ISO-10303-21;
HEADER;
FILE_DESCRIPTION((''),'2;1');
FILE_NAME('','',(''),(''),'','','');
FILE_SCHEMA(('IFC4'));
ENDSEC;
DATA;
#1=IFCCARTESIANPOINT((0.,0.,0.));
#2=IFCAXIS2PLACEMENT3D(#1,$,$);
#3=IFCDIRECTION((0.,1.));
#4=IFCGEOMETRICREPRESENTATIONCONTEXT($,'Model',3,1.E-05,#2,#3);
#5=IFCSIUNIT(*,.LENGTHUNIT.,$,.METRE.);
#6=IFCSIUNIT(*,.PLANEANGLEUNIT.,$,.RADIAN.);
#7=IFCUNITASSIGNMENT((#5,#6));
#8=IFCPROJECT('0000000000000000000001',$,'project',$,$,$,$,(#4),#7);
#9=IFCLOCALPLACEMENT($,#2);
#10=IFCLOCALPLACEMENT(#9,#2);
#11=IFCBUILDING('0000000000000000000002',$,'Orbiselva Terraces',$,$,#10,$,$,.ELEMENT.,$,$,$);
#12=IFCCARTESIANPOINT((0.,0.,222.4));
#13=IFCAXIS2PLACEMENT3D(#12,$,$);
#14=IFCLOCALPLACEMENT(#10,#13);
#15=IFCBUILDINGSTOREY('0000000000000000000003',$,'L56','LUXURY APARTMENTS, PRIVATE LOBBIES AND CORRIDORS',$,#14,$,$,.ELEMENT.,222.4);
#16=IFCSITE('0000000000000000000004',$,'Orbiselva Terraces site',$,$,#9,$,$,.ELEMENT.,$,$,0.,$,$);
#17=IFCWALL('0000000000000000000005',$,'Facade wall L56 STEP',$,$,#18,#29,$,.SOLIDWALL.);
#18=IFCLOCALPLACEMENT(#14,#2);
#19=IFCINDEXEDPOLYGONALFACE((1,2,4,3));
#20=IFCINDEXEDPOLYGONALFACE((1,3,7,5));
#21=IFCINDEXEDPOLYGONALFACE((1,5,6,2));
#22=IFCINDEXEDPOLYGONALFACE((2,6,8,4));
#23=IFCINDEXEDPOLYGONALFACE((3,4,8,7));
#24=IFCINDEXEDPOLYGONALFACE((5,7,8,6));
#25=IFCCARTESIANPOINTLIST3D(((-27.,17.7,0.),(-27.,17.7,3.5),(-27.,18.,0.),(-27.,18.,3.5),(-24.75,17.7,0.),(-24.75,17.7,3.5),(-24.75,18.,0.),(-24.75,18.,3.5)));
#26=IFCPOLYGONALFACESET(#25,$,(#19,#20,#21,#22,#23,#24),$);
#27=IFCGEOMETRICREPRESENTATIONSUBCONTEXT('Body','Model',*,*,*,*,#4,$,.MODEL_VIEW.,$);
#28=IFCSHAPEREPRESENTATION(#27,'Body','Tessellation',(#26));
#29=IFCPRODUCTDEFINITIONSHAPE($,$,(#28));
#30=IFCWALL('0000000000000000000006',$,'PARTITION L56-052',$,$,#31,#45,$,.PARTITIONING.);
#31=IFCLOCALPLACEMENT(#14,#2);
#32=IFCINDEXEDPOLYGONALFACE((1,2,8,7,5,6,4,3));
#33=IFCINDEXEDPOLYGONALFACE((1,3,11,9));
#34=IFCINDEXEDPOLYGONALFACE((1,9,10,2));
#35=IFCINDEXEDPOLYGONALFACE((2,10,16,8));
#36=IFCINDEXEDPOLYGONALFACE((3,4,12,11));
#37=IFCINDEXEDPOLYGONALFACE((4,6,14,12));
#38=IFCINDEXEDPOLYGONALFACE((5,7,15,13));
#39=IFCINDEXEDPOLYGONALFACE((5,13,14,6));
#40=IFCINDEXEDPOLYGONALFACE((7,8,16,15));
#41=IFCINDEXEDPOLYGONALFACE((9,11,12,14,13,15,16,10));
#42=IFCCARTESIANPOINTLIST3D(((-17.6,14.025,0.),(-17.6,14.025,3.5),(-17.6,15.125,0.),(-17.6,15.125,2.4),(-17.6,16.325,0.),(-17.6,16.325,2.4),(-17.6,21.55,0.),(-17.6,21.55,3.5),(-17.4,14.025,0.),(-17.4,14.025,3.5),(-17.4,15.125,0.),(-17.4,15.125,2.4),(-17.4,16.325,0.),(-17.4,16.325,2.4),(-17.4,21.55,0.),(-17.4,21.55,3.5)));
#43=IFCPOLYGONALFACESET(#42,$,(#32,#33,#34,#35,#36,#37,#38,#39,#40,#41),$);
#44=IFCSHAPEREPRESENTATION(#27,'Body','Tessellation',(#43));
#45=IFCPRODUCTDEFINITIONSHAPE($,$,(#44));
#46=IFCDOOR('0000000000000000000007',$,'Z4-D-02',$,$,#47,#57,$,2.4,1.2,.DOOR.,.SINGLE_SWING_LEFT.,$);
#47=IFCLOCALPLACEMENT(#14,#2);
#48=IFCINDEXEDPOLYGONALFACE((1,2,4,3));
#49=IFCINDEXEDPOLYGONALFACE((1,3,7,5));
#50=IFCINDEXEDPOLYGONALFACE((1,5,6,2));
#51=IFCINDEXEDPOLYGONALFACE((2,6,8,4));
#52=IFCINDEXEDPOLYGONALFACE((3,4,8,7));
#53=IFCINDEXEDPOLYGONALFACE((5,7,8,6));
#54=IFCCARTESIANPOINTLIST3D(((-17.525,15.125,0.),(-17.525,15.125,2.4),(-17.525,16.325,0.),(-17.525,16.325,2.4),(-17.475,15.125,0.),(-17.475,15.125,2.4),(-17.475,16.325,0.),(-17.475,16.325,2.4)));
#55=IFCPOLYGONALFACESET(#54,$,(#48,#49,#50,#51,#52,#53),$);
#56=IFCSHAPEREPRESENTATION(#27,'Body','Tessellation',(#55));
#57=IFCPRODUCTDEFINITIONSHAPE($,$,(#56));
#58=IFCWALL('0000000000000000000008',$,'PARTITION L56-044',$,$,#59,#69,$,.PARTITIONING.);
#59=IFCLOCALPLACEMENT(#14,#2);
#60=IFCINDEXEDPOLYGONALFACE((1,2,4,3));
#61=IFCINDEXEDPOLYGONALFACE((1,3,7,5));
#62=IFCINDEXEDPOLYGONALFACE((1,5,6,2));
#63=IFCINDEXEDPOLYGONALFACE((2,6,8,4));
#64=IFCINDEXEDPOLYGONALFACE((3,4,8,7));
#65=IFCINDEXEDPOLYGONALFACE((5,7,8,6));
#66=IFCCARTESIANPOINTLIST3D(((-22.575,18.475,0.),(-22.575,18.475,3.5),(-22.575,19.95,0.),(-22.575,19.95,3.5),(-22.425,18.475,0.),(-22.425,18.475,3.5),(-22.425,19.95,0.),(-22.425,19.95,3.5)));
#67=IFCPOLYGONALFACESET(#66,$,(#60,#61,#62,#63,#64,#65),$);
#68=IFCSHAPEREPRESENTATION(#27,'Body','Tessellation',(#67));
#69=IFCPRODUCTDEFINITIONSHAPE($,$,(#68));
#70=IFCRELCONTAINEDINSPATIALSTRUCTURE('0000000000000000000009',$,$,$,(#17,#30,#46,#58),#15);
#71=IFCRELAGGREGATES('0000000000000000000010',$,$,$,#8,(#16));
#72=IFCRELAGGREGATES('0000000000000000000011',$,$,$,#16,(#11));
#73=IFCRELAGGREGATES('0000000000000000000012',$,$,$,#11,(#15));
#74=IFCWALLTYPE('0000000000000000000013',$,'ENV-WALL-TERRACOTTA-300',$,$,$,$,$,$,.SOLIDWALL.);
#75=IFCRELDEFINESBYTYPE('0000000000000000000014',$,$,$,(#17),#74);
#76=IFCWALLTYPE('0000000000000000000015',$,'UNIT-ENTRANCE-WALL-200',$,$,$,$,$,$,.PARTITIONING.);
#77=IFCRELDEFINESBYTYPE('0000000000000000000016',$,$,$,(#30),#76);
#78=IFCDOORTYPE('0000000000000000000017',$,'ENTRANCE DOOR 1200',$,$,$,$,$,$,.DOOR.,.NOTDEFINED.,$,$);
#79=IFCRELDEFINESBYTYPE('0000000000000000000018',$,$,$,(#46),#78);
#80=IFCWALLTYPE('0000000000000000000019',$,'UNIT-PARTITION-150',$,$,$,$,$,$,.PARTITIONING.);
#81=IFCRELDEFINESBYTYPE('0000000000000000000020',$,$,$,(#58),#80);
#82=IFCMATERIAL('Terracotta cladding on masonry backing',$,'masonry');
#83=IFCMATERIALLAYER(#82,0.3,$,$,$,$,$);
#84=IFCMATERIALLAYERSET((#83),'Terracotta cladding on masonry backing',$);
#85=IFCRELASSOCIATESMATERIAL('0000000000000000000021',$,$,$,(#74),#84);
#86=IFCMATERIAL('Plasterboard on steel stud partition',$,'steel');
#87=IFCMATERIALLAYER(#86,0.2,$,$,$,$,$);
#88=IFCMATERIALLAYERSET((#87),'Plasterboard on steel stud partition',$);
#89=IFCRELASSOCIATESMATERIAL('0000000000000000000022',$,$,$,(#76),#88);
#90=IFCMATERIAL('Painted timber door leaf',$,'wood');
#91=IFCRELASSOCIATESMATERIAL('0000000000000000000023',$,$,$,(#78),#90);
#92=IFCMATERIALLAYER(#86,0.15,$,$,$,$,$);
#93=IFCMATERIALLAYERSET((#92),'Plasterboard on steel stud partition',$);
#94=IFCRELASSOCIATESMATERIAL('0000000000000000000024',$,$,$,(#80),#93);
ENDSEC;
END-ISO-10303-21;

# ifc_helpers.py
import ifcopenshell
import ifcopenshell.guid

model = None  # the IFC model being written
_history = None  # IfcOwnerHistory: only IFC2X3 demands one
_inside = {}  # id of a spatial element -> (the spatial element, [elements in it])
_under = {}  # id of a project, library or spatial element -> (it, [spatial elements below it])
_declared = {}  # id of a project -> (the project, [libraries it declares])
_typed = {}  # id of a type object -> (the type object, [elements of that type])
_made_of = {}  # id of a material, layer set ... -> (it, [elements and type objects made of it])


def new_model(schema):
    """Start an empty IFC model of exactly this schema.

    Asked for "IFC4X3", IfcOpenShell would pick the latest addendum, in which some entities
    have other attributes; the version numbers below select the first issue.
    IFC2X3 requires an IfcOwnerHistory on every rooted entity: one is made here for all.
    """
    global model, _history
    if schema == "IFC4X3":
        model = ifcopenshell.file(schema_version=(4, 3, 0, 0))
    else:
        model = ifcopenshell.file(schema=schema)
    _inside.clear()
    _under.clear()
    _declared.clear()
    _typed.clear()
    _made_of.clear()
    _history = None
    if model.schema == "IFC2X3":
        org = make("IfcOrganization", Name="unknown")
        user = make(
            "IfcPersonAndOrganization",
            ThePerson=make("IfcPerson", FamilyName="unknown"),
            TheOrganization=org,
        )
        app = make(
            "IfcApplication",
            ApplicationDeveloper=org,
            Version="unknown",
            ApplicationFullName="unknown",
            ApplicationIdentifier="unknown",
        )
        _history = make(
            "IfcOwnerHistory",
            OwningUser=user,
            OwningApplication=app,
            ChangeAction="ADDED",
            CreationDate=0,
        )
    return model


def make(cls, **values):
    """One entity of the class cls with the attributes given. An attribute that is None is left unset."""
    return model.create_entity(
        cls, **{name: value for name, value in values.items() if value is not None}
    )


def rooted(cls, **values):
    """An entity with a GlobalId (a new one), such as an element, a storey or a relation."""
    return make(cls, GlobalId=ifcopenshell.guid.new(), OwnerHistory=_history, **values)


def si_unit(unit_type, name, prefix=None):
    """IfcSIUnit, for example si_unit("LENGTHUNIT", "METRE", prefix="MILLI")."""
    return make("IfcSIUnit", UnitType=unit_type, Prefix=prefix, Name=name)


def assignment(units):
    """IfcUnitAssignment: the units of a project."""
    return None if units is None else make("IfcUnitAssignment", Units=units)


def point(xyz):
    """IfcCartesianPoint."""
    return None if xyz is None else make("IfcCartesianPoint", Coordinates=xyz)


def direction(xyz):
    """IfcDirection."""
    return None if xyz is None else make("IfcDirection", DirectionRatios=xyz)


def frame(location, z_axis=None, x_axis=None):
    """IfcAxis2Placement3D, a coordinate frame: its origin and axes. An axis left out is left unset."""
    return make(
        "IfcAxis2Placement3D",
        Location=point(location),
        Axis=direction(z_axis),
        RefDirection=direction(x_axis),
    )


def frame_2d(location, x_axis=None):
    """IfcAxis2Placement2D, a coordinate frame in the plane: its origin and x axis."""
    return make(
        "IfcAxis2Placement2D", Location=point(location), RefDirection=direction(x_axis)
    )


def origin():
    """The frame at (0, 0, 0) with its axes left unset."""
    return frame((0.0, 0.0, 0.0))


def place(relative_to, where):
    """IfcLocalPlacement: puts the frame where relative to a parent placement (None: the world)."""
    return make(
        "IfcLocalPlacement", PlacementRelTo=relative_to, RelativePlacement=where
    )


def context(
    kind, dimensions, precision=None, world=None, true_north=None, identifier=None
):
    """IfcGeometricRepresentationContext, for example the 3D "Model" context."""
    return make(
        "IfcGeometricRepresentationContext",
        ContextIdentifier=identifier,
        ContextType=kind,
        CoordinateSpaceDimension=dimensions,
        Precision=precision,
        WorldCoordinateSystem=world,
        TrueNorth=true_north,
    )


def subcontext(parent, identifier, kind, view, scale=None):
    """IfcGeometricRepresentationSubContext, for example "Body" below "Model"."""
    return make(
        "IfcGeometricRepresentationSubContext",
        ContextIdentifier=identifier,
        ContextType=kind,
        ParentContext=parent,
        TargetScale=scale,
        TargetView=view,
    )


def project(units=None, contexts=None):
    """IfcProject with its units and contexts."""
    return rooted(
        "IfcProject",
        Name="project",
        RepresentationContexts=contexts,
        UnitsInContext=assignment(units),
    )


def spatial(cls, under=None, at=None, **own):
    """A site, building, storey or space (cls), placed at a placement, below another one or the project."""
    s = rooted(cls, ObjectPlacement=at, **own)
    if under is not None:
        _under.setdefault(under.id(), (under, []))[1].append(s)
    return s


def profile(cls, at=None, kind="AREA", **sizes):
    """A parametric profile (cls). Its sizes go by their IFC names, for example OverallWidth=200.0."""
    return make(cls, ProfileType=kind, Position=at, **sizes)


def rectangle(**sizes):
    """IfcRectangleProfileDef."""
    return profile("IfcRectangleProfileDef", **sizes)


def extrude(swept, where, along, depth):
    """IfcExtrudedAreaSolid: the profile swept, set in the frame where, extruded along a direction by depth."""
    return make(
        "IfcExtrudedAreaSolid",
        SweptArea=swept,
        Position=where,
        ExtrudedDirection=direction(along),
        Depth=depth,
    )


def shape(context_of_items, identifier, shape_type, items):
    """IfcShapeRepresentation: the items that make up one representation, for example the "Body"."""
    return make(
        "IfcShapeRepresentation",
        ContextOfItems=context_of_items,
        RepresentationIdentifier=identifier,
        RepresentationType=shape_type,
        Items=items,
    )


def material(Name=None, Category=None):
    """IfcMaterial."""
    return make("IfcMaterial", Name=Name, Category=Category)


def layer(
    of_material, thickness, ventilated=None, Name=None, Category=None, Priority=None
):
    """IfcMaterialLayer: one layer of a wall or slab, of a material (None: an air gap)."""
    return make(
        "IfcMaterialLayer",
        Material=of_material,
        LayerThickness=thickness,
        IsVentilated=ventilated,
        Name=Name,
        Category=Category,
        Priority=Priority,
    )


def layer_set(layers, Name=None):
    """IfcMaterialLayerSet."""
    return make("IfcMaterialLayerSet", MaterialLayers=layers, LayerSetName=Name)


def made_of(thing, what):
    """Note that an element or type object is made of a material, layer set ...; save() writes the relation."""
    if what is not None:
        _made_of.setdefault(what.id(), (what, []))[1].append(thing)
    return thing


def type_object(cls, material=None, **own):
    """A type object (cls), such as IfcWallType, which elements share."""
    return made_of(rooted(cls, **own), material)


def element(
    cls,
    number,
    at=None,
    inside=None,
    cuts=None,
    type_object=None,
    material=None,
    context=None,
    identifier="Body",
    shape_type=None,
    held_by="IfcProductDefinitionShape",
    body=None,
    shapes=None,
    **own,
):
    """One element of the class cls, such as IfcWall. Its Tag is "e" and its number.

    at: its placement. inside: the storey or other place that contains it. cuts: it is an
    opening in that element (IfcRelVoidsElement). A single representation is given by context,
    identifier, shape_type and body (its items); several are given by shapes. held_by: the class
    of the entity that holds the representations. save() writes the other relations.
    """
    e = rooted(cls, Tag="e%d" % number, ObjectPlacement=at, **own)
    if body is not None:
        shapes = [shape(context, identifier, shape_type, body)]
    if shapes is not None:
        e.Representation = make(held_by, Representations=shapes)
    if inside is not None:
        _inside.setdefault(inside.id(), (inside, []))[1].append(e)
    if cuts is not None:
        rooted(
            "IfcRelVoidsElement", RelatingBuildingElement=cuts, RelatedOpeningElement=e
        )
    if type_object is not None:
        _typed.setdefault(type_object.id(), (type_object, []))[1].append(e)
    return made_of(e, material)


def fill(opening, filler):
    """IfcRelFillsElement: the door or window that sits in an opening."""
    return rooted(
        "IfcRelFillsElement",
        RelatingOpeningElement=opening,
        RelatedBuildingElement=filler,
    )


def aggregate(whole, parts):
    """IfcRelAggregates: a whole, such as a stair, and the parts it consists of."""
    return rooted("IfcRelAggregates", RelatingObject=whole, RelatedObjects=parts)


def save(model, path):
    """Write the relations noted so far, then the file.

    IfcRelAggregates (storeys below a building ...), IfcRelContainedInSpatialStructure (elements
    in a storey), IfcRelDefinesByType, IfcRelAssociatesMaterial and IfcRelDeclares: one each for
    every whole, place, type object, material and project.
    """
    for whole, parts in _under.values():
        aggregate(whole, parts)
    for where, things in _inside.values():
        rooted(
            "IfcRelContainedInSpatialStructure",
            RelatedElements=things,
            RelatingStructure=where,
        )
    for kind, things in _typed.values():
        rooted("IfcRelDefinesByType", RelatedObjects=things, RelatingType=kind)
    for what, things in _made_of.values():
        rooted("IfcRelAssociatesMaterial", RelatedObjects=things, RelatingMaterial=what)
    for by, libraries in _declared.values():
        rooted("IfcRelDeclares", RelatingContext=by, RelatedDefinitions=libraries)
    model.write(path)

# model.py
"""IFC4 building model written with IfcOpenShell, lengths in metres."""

from ifc_helpers import new_model, si_unit, direction, frame, frame_2d, origin, place, context, subcontext, project, spatial, rectangle, extrude, material, layer, layer_set, type_object, element, fill, save


model = new_model("IFC4")

# Units and contexts
model_context = context("Model", 3, precision=1e-05, world=origin(), true_north=direction((0.0, 1.0)))
body_context = subcontext(model_context, "Body", "Model", "MODEL_VIEW")
ifc_project = project(units=[si_unit("LENGTHUNIT", "METRE"), si_unit("PLANEANGLEUNIT", "RADIAN")], contexts=[model_context])

# Site, building, storey
site_placement = place(None, origin())
site = spatial("IfcSite", under=ifc_project, at=site_placement, Name="Orbiselva Terraces site", CompositionType="ELEMENT", RefElevation=0.0)
building_placement = place(site_placement, origin())
building = spatial("IfcBuilding", under=site, at=building_placement, Name="Orbiselva Terraces", CompositionType="ELEMENT")
storey_placement = place(building_placement, frame((0.0, 0.0, 222.4)))
storey = spatial("IfcBuildingStorey", under=building, at=storey_placement, Name="L56", Description="LUXURY APARTMENTS, PRIVATE LOBBIES AND CORRIDORS", CompositionType="ELEMENT", Elevation=222.4)

# Shared definitions
ifc_material_1 = material(Name="Terracotta cladding on masonry backing", Category="masonry")
ifc_layer_1 = layer(ifc_material_1, 0.3)
ifc_layer_set_1 = layer_set([ifc_layer_1], Name="Terracotta cladding on masonry backing")
wall_type_1 = type_object("IfcWallType", Name="ENV-WALL-TERRACOTTA-300", PredefinedType="SOLIDWALL", material=ifc_layer_set_1)

# Wall
wall_1_placement = place(storey_placement, frame((-27.0, 17.85, 0.0), z_axis=(0.0, 0.0, 1.0), x_axis=(1.0, 0.0, 0.0)))
element("IfcWall", 1, at=wall_1_placement, inside=storey, type_object=wall_type_1, Name="Facade wall L56 STEP", PredefinedType="SOLIDWALL", context=body_context, shape_type="SweptSolid", body=[
    extrude(rectangle(XDim=2.25, YDim=0.3, at=frame_2d((1.125, 0.0))), origin(), (0.0, 0.0, 1.0), 3.5),
])

# Wall, opening, door
ifc_material_2 = material(Name="Plasterboard on steel stud partition", Category="steel")
ifc_layer_2 = layer(ifc_material_2, 0.2)
ifc_layer_set_2 = layer_set([ifc_layer_2], Name="Plasterboard on steel stud partition")
wall_type_2 = type_object("IfcWallType", Name="UNIT-ENTRANCE-WALL-200", PredefinedType="PARTITIONING", material=ifc_layer_set_2)
wall_2_placement = place(storey_placement, frame((-17.5, 14.025, 0.0), z_axis=(0.0, 0.0, 1.0), x_axis=(0.0, 1.0, 0.0)))
wall_2 = element("IfcWall", 2, at=wall_2_placement, inside=storey, type_object=wall_type_2, Name="PARTITION L56-052", PredefinedType="PARTITIONING", context=body_context, shape_type="SweptSolid", body=[
    extrude(rectangle(XDim=7.525, YDim=0.2, at=frame_2d((3.7625, 0.0))), origin(), (0.0, 0.0, 1.0), 3.5),
])
opening_1_placement = place(wall_2_placement, frame((1.1, 0.0, 0.0)))
opening_1 = element("IfcOpeningElement", 3, at=opening_1_placement, cuts=wall_2, PredefinedType="OPENING", context=body_context, shape_type="SweptSolid", body=[
    extrude(rectangle(XDim=1.2, YDim=2.4, at=frame_2d((0.6, 1.2))), frame((0.0, 0.11, 0.0), z_axis=(0.0, -1.0, 0.0), x_axis=(1.0, 0.0, 0.0)), (0.0, 0.0, 1.0), 0.22),
])
ifc_material_3 = material(Name="Painted timber door leaf", Category="wood")
door_type_1 = type_object("IfcDoorType", Name="ENTRANCE DOOR 1200", OperationType="NOTDEFINED", PredefinedType="DOOR", material=ifc_material_3)
door_1_placement = place(opening_1_placement, origin())
door_1 = element("IfcDoor", 4, at=door_1_placement, inside=storey, type_object=door_type_1, Name="Z4-D-02", OperationType="SINGLE_SWING_LEFT", OverallHeight=2.4, OverallWidth=1.2, PredefinedType="DOOR", context=body_context, shape_type="SweptSolid", body=[
    extrude(rectangle(XDim=1.2, YDim=2.4, at=frame_2d((0.6, 1.2))), frame((0.0, 0.025, 0.0), z_axis=(0.0, -1.0, 0.0), x_axis=(1.0, 0.0, 0.0)), (0.0, 0.0, 1.0), 0.05),
])
fill(opening_1, door_1)

# Wall
ifc_layer_3 = layer(ifc_material_2, 0.15)
ifc_layer_set_3 = layer_set([ifc_layer_3], Name="Plasterboard on steel stud partition")
wall_type_3 = type_object("IfcWallType", Name="UNIT-PARTITION-150", PredefinedType="PARTITIONING", material=ifc_layer_set_3)
wall_3_placement = place(storey_placement, frame((-22.5, 18.475, 0.0), z_axis=(0.0, 0.0, 1.0), x_axis=(0.0, 1.0, 0.0)))
element("IfcWall", 5, at=wall_3_placement, inside=storey, type_object=wall_type_3, Name="PARTITION L56-044", PredefinedType="PARTITIONING", context=body_context, shape_type="SweptSolid", body=[
    extrude(rectangle(XDim=1.475, YDim=0.15, at=frame_2d((0.7375, 0.0))), origin(), (0.0, 0.0, 1.0), 3.5),
])

save(model, "model.ifc")
